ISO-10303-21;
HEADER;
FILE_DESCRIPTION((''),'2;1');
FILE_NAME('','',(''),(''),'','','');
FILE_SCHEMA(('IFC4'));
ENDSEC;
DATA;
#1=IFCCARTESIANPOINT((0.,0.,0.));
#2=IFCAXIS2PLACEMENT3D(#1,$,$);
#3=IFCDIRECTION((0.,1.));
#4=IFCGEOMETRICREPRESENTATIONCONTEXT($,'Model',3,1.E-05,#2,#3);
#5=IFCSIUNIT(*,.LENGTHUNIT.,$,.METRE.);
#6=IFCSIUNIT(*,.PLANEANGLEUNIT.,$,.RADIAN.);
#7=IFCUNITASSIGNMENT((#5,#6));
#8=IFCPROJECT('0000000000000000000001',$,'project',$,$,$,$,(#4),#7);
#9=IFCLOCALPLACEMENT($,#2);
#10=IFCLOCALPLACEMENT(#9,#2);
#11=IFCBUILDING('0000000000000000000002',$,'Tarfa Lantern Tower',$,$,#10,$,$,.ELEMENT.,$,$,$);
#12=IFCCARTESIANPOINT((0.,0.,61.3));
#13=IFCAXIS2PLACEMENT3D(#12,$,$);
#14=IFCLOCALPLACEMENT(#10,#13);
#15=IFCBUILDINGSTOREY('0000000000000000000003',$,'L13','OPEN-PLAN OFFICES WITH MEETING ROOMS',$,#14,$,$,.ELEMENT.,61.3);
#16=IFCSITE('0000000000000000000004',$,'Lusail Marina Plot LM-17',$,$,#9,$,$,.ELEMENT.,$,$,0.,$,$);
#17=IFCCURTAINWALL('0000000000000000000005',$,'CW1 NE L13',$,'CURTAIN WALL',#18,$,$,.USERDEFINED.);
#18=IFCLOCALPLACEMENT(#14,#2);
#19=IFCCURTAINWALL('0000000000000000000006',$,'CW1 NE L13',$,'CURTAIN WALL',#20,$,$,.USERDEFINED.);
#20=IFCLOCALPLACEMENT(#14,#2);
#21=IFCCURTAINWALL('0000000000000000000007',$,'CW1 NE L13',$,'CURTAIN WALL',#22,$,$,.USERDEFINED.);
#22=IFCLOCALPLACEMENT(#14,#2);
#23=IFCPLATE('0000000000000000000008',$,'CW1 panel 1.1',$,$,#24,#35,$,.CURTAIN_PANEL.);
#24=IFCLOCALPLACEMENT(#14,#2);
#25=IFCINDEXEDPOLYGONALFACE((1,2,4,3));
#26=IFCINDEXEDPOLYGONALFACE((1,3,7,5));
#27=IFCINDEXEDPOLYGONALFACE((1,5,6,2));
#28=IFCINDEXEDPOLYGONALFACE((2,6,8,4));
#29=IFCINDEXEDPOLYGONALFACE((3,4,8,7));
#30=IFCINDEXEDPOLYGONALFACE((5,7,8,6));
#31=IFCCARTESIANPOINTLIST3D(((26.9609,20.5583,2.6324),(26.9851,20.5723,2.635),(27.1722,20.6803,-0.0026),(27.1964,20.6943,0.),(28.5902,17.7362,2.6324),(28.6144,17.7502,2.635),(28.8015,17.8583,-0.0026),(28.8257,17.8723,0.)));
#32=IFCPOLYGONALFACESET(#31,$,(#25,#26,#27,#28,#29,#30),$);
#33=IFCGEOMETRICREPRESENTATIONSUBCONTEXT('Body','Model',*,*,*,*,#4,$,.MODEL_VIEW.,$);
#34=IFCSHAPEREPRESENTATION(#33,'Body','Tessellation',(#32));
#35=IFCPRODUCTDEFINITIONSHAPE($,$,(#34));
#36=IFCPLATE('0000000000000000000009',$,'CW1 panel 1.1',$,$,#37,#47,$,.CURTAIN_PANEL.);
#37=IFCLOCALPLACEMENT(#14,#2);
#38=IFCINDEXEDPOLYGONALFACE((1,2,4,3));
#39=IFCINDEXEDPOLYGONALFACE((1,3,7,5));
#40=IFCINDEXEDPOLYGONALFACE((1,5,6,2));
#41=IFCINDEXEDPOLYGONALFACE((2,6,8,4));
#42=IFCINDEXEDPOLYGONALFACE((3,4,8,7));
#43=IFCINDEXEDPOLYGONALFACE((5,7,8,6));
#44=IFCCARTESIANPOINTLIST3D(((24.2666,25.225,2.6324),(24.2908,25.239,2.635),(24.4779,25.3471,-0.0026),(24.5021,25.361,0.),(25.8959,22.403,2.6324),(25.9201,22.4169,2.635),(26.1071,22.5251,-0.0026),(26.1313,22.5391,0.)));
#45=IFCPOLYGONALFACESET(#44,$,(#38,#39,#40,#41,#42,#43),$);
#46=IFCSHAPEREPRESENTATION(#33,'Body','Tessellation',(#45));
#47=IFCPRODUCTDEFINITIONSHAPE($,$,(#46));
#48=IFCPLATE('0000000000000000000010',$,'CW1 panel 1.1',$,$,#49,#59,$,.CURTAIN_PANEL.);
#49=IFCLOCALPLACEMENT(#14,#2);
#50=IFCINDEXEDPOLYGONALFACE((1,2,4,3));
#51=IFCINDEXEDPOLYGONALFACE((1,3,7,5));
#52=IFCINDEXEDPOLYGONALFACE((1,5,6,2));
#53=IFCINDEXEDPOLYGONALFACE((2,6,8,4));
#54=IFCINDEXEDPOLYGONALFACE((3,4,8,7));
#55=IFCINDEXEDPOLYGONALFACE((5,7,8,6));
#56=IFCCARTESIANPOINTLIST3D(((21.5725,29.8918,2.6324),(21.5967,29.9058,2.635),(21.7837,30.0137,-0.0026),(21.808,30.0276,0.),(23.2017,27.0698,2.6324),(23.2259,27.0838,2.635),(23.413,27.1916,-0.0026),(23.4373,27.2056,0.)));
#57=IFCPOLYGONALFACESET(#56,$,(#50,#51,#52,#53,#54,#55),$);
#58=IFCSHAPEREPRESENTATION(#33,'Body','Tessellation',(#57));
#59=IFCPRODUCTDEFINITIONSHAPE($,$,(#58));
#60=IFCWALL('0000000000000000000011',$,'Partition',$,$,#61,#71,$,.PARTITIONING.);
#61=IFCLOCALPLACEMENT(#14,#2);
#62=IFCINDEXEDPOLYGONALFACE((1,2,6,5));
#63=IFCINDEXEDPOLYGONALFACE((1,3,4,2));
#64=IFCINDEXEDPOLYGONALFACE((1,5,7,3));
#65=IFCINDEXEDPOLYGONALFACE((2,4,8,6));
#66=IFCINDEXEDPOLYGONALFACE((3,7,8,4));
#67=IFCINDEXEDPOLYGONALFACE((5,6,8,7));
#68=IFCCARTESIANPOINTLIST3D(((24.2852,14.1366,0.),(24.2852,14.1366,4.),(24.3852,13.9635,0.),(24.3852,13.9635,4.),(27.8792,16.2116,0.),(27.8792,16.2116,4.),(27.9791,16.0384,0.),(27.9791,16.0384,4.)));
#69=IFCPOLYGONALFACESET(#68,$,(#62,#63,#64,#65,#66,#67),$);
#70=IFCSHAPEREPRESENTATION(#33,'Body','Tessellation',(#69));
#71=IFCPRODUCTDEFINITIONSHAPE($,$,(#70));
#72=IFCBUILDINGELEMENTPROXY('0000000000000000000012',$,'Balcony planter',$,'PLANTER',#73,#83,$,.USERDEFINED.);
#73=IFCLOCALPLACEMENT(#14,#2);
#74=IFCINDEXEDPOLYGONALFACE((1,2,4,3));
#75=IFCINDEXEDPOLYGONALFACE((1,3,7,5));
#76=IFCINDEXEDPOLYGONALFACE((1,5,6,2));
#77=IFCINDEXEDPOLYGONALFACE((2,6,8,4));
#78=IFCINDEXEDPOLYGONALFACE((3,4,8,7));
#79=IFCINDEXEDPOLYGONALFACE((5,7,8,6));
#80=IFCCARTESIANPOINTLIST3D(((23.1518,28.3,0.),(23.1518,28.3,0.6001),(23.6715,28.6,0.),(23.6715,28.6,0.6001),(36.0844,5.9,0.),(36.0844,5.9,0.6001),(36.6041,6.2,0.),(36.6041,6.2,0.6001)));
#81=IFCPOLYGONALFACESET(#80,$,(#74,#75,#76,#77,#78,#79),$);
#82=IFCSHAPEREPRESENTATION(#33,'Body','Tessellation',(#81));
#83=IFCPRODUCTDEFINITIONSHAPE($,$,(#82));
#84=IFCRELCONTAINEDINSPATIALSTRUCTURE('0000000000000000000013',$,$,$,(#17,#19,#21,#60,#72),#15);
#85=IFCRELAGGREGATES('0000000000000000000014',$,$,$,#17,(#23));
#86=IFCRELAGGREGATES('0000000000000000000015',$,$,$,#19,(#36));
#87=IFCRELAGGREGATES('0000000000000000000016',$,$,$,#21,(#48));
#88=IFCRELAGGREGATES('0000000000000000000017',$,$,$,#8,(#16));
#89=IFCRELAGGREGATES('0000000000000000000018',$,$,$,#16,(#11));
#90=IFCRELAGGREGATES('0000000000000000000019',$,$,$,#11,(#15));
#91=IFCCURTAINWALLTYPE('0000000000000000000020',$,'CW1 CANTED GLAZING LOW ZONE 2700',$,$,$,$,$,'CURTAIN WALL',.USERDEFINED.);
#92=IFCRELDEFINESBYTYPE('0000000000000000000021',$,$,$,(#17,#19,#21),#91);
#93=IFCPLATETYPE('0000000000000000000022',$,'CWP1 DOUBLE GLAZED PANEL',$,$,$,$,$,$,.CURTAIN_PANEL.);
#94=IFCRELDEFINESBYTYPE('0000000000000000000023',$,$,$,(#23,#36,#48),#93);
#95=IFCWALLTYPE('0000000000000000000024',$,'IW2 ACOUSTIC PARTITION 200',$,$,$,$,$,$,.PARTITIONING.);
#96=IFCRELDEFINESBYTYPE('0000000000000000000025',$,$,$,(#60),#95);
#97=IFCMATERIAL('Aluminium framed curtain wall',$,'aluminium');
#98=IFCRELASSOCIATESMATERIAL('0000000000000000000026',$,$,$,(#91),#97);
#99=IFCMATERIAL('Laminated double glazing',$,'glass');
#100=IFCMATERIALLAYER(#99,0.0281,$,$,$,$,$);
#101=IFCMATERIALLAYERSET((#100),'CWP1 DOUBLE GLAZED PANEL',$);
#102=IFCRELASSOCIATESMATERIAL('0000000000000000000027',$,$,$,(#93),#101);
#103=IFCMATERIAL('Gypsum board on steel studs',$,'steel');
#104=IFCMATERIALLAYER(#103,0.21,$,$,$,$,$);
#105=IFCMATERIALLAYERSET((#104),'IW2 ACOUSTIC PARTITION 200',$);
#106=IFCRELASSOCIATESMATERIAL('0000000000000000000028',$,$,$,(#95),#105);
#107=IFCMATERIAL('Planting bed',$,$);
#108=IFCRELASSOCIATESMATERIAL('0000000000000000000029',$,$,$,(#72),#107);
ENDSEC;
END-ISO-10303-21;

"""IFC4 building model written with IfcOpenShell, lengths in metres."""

from ifc_helpers import new_model, si_unit, direction, frame, frame_2d, origin, origin_2d, place, context, subcontext, project, spatial, polyline, rectangle, outline, extrude, material, layer, layer_set, type_object, element, aggregate, save


model = new_model("IFC4")

# Units and contexts
model_context = context("Model", 3, precision=1e-05, world=origin(), true_north=direction((0.0, 1.0)))
body_context = subcontext(model_context, "Body", "Model", "MODEL_VIEW")
ifc_project = project(units=[si_unit("LENGTHUNIT", "METRE"), si_unit("PLANEANGLEUNIT", "RADIAN")], contexts=[model_context])

# Site, building, storey
site_placement = place(None, origin())
site = spatial("IfcSite", under=ifc_project, at=site_placement, Name="Lusail Marina Plot LM-17", CompositionType="ELEMENT", RefElevation=0.0)
building_placement = place(site_placement, origin())
building = spatial("IfcBuilding", under=site, at=building_placement, Name="Tarfa Lantern Tower", CompositionType="ELEMENT")
storey_placement = place(building_placement, frame((0.0, 0.0, 61.3)))
storey = spatial("IfcBuildingStorey", under=building, at=storey_placement, Name="L13", Description="OPEN-PLAN OFFICES WITH MEETING ROOMS", CompositionType="ELEMENT", Elevation=61.3)

# Shared definitions
ifc_material_1 = material(Name="Aluminium framed curtain wall", Category="aluminium")
curtain_wall_type = type_object("IfcCurtainWallType", Name="CW1 CANTED GLAZING LOW ZONE 2700", ElementType="CURTAIN WALL", PredefinedType="USERDEFINED", material=ifc_material_1)

# Curtain walls
curtain_wall_1_placement = place(storey_placement, origin())
curtain_wall_1 = element("IfcCurtainWall", 1, at=curtain_wall_1_placement, inside=storey, type_object=curtain_wall_type, Name="CW1 NE L13", ObjectType="CURTAIN WALL", PredefinedType="USERDEFINED")
curtain_wall_2_placement = place(storey_placement, origin())
curtain_wall_2 = element("IfcCurtainWall", 2, at=curtain_wall_2_placement, inside=storey, type_object=curtain_wall_type, Name="CW1 NE L13", ObjectType="CURTAIN WALL", PredefinedType="USERDEFINED")

# Curtain wall
curtain_wall_3_placement = place(storey_placement, origin())
curtain_wall_3 = element("IfcCurtainWall", 3, at=curtain_wall_3_placement, inside=storey, type_object=curtain_wall_type, Name="CW1 NE L13", ObjectType="CURTAIN WALL", PredefinedType="USERDEFINED")

# Plates
ifc_material_2 = material(Name="Laminated double glazing", Category="glass")
ifc_layer_1 = layer(ifc_material_2, 0.0281)
ifc_layer_set_1 = layer_set([ifc_layer_1], Name="CWP1 DOUBLE GLAZED PANEL")
plate_type = type_object("IfcPlateType", Name="CWP1 DOUBLE GLAZED PANEL", PredefinedType="CURTAIN_PANEL", material=ifc_layer_set_1)
plate_1_placement = place(storey_placement, frame((28.8257, 17.8723, 0.0), z_axis=(0.862338, 0.497864, 0.092216), x_axis=(-0.499995, 0.866029, -0.000003)))
plate_1 = element("IfcPlate", 4, at=plate_1_placement, type_object=plate_type, Name="CW1 panel 1.1", PredefinedType="CURTAIN_PANEL", context=body_context, shape_type="SweptSolid", body=[
    extrude(outline(polyline([(0.0, 0.0), (3.2585, 0.0), (3.2585, 2.6463), (-0.0001, 2.6463), (0.0, 0.0)])), origin(), (0.0, 0.0, -1.0), 0.0281),
])
aggregate(curtain_wall_1, [plate_1])
plate_2_placement = place(storey_placement, frame((26.1313, 22.5391, 0.0), z_axis=(0.862338, 0.497864, 0.092216), x_axis=(-0.499995, 0.866029, -0.000003)))
plate_2 = element("IfcPlate", 5, at=plate_2_placement, type_object=plate_type, Name="CW1 panel 1.1", PredefinedType="CURTAIN_PANEL", context=body_context, shape_type="SweptSolid", body=[
    extrude(outline(polyline([(0.0, 0.0), (3.2585, 0.0), (3.2585, 2.6463), (-0.0001, 2.6463), (0.0, 0.0)])), origin(), (0.0, 0.0, -1.0), 0.0281),
])
aggregate(curtain_wall_2, [plate_2])
plate_3_placement = place(storey_placement, frame((23.4373, 27.2056, 0.0), z_axis=(0.862342, 0.497867, 0.09217), x_axis=(-0.499995, 0.866028, 0.000003)))
plate_3 = element("IfcPlate", 6, at=plate_3_placement, type_object=plate_type, Name="CW1 panel 1.1", PredefinedType="CURTAIN_PANEL", context=body_context, shape_type="SweptSolid", body=[
    extrude(outline(polyline([(0.0, 0.0), (3.2586, 0.0), (3.2587, 2.6463), (0.0002, 2.6463), (0.0, 0.0)])), origin(), (0.0, 0.0, -1.0), 0.0281),
])
aggregate(curtain_wall_3, [plate_3])

# Wall
ifc_material_3 = material(Name="Gypsum board on steel studs", Category="steel")
ifc_layer_2 = layer(ifc_material_3, 0.21)
ifc_layer_set_2 = layer_set([ifc_layer_2], Name="IW2 ACOUSTIC PARTITION 200")
wall_type = type_object("IfcWallType", Name="IW2 ACOUSTIC PARTITION 200", PredefinedType="PARTITIONING", material=ifc_layer_set_2)
wall_placement = place(storey_placement, frame((24.3352, 14.05, 0.0), z_axis=(0.0, 0.0, 1.0), x_axis=(0.86603, 0.499992, 0.0)))
element("IfcWall", 7, at=wall_placement, inside=storey, type_object=wall_type, Name="Partition", PredefinedType="PARTITIONING", context=body_context, shape_type="SweptSolid", body=[
    extrude(rectangle(XDim=4.1499, YDim=0.2, at=frame_2d((2.075, 0.0))), origin(), (0.0, 0.0, 1.0), 4.0),
])

# Building element proxy
ifc_material_4 = material(Name="Planting bed")
proxy_placement = place(storey_placement, frame((29.8779, 17.25, 0.0), z_axis=(0.0, 0.0, 1.0), x_axis=(-0.5, 0.866025, 0.0)))
element("IfcBuildingElementProxy", 8, at=proxy_placement, inside=storey, material=ifc_material_4, Name="Balcony planter", ObjectType="PLANTER", PredefinedType="USERDEFINED", context=body_context, shape_type="SweptSolid", body=[
    extrude(rectangle(XDim=25.8652, YDim=0.6001, at=origin_2d()), origin(), (0.0, 0.0, 1.0), 0.6001),
])

save(model, "model.ifc")
